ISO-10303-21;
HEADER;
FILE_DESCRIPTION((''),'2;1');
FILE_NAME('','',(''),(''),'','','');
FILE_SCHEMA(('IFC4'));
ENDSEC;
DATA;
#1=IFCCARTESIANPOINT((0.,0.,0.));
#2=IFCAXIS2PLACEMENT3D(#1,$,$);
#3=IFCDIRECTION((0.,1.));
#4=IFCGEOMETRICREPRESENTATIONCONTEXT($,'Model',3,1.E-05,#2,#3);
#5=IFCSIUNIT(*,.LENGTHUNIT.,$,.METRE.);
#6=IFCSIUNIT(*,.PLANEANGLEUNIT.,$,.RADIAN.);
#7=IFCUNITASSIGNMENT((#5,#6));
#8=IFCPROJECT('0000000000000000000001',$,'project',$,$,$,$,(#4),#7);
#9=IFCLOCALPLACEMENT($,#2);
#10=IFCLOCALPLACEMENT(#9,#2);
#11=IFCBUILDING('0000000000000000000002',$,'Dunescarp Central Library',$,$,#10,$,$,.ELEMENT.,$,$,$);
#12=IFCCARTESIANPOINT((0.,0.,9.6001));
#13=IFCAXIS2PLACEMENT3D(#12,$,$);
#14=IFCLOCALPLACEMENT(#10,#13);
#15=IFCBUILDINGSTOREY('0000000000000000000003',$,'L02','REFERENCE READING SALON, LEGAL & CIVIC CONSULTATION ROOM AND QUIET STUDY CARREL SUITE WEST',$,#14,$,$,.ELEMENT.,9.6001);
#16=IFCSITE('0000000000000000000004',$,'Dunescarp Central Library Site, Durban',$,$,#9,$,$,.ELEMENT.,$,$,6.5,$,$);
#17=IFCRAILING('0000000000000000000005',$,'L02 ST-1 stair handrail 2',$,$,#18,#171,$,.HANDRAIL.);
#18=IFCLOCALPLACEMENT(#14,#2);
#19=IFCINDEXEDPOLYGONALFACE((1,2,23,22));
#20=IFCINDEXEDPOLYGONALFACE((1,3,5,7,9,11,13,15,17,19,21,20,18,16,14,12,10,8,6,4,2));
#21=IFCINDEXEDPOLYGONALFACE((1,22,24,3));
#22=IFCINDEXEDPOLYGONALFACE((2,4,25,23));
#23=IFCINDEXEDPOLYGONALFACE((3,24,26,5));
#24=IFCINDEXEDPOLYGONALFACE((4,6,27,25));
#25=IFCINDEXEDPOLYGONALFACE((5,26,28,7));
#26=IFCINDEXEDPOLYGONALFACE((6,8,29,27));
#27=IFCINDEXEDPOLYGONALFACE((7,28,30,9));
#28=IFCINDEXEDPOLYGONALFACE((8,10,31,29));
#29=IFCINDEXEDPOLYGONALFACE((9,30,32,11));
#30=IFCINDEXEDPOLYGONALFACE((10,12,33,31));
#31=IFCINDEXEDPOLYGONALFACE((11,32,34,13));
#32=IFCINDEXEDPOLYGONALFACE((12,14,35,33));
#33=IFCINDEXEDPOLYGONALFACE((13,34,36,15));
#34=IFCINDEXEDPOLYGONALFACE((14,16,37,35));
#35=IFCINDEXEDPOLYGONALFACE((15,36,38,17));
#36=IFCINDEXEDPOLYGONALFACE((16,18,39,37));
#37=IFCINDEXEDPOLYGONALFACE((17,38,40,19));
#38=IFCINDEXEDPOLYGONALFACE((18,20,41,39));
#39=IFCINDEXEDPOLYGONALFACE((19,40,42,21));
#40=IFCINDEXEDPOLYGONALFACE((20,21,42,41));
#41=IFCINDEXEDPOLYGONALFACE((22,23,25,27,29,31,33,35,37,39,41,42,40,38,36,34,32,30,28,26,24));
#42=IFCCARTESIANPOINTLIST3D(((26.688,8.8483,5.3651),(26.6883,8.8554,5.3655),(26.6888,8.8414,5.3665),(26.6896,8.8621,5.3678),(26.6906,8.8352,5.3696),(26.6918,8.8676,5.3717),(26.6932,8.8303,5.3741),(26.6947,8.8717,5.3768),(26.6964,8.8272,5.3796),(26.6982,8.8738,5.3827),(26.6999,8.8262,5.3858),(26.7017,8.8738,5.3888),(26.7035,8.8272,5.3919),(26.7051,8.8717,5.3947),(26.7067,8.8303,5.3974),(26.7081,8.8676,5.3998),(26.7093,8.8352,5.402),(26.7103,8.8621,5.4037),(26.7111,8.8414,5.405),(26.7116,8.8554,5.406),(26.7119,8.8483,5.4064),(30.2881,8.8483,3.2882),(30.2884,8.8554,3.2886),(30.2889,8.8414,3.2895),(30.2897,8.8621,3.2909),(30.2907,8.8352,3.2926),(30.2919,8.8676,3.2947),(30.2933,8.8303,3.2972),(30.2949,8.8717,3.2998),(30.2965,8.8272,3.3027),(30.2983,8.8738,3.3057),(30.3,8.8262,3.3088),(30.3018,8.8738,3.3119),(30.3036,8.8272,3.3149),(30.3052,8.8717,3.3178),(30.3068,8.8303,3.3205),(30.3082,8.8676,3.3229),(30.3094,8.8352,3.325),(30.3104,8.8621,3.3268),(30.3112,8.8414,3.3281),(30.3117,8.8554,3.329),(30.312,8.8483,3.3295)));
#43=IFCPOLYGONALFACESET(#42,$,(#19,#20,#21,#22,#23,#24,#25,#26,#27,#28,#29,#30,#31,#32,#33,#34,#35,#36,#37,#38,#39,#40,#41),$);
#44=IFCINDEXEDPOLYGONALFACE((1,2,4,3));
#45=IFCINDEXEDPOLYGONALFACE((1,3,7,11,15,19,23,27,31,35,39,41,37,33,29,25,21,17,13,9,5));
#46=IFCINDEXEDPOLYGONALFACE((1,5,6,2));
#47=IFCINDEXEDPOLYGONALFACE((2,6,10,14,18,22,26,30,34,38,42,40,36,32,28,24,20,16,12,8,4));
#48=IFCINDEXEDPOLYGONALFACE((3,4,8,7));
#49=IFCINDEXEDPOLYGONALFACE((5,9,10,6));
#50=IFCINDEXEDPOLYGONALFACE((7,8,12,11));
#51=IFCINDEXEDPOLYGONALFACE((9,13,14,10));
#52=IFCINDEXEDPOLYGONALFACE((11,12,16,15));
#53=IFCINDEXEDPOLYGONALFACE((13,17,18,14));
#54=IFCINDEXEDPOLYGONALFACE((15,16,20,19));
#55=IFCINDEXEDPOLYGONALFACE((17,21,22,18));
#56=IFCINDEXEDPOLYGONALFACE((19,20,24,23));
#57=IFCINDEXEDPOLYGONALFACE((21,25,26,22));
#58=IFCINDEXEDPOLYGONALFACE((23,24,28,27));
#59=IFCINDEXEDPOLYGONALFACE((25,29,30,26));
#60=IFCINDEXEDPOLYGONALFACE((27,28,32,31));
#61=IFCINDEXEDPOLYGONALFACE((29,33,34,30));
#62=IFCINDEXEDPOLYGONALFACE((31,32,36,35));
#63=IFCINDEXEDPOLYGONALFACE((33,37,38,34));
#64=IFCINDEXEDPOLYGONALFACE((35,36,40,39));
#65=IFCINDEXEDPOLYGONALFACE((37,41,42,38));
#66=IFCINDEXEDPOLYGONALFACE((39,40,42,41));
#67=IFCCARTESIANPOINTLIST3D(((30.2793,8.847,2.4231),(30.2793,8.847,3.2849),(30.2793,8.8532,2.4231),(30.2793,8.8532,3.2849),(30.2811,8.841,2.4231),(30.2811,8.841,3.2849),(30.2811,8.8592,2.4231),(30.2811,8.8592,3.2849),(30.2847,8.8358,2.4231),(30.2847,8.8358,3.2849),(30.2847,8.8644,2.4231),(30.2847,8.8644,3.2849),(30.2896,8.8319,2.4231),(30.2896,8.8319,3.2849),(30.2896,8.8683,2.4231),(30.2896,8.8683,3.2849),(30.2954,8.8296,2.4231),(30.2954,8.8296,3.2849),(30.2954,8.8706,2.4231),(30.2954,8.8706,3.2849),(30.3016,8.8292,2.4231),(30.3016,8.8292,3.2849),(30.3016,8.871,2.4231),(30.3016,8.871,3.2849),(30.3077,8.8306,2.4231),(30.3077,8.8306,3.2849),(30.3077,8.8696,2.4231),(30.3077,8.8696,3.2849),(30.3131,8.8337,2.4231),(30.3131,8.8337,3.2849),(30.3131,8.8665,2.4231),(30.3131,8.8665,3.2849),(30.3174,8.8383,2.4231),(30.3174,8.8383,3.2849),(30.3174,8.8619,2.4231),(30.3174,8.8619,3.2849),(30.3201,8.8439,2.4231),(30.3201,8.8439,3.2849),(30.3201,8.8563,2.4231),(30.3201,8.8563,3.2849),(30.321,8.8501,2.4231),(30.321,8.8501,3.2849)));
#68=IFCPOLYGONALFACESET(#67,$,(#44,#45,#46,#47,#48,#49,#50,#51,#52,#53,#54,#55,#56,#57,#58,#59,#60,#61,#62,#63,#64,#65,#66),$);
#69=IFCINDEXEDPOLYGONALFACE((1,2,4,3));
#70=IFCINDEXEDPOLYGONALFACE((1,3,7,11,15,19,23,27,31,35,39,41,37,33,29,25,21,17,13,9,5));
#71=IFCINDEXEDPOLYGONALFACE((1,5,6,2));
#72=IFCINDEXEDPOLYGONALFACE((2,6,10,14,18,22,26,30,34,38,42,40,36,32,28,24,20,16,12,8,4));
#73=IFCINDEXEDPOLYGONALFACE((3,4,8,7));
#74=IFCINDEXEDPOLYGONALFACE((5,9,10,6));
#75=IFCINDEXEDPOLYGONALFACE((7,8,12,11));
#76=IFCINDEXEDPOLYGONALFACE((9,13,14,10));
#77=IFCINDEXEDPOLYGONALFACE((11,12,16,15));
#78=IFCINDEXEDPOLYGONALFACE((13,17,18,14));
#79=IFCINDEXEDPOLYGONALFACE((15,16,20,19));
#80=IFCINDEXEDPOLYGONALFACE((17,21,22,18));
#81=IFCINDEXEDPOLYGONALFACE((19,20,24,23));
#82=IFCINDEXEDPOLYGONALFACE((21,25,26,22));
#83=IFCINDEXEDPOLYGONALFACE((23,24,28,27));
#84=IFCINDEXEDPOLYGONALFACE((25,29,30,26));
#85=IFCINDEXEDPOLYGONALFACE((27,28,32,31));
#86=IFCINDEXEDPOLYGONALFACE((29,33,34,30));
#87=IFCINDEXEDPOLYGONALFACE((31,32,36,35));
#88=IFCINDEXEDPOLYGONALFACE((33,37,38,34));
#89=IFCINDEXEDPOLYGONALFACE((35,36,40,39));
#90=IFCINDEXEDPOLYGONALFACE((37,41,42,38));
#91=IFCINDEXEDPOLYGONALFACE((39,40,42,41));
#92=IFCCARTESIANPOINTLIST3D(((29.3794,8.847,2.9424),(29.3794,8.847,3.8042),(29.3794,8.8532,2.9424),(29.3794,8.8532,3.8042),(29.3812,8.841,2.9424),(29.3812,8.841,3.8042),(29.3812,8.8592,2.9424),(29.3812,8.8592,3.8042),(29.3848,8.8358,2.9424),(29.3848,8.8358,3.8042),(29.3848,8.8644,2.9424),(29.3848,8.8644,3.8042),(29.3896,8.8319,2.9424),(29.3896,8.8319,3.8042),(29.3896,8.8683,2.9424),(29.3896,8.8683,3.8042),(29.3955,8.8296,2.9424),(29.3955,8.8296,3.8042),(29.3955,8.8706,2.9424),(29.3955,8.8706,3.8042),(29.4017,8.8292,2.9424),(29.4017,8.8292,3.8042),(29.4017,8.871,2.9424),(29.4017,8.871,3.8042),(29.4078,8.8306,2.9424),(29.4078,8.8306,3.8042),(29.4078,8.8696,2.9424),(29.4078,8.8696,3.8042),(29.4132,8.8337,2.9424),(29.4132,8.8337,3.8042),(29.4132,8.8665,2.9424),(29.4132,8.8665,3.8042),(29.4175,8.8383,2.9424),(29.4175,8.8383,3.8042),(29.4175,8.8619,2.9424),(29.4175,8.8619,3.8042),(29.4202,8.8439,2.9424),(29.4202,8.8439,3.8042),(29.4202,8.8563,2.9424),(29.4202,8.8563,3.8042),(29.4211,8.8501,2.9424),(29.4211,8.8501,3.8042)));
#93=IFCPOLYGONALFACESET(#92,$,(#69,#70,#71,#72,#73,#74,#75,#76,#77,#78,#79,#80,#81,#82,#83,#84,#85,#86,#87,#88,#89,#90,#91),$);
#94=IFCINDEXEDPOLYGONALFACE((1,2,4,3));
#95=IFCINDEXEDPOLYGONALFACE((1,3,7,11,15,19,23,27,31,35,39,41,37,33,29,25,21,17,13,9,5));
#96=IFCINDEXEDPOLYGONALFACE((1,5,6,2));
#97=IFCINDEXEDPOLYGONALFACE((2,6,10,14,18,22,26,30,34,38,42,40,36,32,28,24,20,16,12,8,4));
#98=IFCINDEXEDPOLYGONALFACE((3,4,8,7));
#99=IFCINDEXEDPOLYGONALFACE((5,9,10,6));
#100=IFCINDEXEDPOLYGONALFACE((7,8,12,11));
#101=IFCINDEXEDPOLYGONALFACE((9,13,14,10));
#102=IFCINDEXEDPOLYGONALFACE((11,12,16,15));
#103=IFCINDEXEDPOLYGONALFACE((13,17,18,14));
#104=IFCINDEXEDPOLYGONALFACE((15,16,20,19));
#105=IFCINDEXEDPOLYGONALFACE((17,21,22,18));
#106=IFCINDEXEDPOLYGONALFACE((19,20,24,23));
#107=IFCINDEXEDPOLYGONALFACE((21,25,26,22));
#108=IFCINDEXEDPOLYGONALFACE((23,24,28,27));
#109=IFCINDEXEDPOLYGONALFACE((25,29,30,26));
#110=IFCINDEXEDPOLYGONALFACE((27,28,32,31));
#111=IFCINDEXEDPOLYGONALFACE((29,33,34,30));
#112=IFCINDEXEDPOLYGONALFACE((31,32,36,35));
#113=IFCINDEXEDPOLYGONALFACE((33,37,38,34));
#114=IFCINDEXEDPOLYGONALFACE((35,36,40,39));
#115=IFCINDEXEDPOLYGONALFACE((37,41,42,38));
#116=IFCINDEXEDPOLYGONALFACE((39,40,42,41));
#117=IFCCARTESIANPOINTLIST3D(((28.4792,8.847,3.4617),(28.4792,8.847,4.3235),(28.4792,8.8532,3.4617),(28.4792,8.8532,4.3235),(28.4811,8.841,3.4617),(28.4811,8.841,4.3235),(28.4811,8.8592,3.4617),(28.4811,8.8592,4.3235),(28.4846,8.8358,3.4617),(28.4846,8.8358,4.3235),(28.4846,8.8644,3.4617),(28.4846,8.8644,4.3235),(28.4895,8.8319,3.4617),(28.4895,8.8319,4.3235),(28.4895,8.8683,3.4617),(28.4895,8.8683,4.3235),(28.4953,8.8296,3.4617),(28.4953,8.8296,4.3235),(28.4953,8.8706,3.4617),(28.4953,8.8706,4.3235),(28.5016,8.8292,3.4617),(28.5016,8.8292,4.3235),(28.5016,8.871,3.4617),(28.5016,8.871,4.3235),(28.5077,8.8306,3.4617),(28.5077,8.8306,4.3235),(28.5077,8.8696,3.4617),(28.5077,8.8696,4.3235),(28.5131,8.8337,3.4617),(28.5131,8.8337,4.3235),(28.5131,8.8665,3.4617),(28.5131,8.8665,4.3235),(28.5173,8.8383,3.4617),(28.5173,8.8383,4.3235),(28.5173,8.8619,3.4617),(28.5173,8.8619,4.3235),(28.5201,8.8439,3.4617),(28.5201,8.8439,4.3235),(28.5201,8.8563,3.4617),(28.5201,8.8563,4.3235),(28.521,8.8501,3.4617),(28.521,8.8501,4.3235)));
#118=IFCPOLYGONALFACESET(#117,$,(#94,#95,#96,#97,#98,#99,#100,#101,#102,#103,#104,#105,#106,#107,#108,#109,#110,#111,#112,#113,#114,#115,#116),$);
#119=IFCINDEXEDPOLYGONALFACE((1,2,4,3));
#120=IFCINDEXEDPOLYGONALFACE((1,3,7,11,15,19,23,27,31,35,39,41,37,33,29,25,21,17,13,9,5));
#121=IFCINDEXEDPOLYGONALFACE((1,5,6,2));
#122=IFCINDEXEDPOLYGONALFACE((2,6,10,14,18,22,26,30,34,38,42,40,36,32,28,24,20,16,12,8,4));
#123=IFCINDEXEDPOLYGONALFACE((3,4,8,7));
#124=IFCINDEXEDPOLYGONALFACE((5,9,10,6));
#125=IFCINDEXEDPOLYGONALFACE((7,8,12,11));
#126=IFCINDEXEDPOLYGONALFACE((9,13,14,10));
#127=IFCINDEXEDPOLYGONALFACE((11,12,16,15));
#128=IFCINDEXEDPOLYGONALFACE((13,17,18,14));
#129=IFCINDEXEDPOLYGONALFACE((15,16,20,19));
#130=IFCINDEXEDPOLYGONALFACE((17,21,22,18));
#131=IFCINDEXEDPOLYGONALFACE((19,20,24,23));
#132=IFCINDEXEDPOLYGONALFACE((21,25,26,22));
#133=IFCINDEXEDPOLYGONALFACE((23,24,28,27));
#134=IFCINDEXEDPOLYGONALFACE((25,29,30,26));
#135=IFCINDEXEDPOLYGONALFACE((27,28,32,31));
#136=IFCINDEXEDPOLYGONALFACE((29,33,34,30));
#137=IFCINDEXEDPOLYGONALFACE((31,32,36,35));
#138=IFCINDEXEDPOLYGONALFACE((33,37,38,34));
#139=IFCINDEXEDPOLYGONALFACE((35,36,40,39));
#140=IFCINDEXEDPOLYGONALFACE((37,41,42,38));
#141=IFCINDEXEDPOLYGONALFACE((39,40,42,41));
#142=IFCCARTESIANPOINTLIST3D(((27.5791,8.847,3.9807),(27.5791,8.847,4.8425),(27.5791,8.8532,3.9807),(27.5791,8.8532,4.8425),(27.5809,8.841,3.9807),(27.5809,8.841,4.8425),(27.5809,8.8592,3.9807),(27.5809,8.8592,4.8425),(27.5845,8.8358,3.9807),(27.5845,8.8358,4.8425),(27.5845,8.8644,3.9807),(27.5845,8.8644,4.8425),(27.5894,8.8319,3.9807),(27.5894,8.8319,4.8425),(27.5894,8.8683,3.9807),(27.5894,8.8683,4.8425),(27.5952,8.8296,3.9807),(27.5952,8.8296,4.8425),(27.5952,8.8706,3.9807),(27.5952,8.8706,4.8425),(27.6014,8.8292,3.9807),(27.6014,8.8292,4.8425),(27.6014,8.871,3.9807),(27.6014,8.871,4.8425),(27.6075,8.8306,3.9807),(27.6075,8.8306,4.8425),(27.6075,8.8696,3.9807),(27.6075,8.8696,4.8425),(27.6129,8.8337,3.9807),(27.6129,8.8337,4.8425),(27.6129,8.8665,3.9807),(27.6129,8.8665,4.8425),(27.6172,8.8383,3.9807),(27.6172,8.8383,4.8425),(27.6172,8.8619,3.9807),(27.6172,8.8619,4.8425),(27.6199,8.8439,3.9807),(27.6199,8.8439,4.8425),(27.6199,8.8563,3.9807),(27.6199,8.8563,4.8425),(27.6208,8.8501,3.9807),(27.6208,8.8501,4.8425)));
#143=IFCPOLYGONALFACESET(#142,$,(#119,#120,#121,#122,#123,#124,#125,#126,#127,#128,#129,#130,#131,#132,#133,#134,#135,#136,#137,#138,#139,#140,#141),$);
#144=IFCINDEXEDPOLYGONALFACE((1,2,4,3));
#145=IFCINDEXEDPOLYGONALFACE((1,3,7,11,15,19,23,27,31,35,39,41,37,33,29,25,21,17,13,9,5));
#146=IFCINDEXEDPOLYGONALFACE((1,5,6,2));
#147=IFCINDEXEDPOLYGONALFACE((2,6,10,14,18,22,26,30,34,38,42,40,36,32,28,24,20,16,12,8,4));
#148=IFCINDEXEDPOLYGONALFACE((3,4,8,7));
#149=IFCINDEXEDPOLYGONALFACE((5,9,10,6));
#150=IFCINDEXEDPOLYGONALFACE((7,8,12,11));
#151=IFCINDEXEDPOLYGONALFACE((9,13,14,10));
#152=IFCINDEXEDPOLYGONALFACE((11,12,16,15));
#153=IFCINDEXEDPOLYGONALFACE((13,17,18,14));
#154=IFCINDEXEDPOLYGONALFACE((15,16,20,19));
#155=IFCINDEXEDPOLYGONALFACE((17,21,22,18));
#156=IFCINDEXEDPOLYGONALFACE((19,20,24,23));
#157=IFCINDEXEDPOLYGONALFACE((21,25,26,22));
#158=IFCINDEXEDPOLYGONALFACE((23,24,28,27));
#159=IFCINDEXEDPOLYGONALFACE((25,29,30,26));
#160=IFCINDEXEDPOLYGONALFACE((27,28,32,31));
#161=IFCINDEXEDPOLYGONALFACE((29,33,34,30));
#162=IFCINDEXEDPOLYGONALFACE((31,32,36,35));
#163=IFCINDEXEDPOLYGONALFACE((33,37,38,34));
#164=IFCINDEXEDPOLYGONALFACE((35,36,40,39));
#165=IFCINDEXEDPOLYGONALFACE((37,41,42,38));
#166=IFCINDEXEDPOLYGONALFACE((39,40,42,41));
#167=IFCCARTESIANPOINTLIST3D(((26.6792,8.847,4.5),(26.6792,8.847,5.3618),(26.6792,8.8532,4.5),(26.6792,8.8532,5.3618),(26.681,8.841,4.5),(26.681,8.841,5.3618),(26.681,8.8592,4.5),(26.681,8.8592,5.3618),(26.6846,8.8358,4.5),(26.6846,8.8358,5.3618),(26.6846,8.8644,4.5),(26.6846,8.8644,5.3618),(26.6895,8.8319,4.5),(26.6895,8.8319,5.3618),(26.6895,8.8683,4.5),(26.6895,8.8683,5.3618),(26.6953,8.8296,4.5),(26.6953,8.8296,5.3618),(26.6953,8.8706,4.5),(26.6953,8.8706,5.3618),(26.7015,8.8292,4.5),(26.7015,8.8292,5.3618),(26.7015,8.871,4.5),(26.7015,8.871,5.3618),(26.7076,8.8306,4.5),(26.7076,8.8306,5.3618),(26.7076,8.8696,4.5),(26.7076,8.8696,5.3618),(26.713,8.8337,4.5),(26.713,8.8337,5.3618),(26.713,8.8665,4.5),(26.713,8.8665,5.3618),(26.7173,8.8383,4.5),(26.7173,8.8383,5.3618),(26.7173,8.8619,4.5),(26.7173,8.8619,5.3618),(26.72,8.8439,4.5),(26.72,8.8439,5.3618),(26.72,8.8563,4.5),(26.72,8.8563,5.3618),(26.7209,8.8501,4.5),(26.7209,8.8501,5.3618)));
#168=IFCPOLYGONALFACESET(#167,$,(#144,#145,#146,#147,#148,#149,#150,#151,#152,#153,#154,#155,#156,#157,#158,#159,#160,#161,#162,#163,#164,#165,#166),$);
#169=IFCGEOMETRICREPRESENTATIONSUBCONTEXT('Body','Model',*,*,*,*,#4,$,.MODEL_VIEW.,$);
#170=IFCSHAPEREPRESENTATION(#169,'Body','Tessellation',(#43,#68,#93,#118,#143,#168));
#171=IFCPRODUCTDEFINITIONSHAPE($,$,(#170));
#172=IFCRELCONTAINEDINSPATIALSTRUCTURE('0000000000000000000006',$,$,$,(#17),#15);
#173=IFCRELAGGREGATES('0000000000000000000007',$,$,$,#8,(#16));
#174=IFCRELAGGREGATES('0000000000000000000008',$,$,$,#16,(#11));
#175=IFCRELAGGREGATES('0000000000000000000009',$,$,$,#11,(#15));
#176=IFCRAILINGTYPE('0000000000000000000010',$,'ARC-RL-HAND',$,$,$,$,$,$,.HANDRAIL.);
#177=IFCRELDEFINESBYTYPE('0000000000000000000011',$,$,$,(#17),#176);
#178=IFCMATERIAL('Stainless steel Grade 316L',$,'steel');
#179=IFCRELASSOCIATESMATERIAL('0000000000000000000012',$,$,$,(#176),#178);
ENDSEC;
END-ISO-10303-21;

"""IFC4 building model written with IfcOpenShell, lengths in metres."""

from ifc_helpers import new_model, si_unit, direction, frame, origin, origin_2d, place, context, subcontext, project, spatial, circle, extrude, material, type_object, element, save


model = new_model("IFC4")

# Units and contexts
model_context = context("Model", 3, precision=1e-05, world=origin(), true_north=direction((0.0, 1.0)))
body_context = subcontext(model_context, "Body", "Model", "MODEL_VIEW")
ifc_project = project(units=[si_unit("LENGTHUNIT", "METRE"), si_unit("PLANEANGLEUNIT", "RADIAN")], contexts=[model_context])

# Site, building, storey
site_placement = place(None, origin())
site = spatial("IfcSite", under=ifc_project, at=site_placement, Name="Dunescarp Central Library Site, Durban", CompositionType="ELEMENT", RefElevation=6.5)
building_placement = place(site_placement, origin())
building = spatial("IfcBuilding", under=site, at=building_placement, Name="Dunescarp Central Library", CompositionType="ELEMENT")
storey_placement = place(building_placement, frame((0.0, 0.0, 9.6001)))
storey = spatial("IfcBuildingStorey", under=building, at=storey_placement, Name="L02", Description="REFERENCE READING SALON, LEGAL & CIVIC CONSULTATION ROOM AND QUIET STUDY CARREL SUITE WEST", CompositionType="ELEMENT", Elevation=9.6001)

# Shared definitions
ifc_material_1 = material(Name="Stainless steel Grade 316L", Category="steel")

# Railing
railing_type_1 = type_object("IfcRailingType", Name="ARC-RL-HAND", PredefinedType="HANDRAIL", material=ifc_material_1)
railing_1_placement = place(storey_placement, frame((30.3, 8.8501, 2.4231)))
element("IfcRailing", 1, at=railing_1_placement, inside=storey, type_object=railing_type_1, Name="L02 ST-1 stair handrail 2", PredefinedType="HANDRAIL", context=body_context, shape_type="SweptSolid", body=[
    extrude(circle(Radius=0.0239, at=origin_2d()), frame((0.0, 0.0, 0.8857), z_axis=(-0.866193, 0.0, 0.499709), x_axis=(0.0, -1.0, 0.0)), (0.0, 0.0, 1.0), 4.1562),
    extrude(circle(Radius=0.021, at=origin_2d()), origin(), (0.0, 0.0, 1.0), 0.8618),
    extrude(circle(Radius=0.021, at=origin_2d()), frame((-0.8999, 0.0, 0.5193)), (0.0, 0.0, 1.0), 0.8618),
    extrude(circle(Radius=0.021, at=origin_2d()), frame((-1.8, 0.0, 1.0386)), (0.0, 0.0, 1.0), 0.8618),
    extrude(circle(Radius=0.021, at=origin_2d()), frame((-2.7002, 0.0, 1.5576)), (0.0, 0.0, 1.0), 0.8618),
    extrude(circle(Radius=0.021, at=origin_2d()), frame((-3.6001, 0.0, 2.0769)), (0.0, 0.0, 1.0), 0.8618),
])

save(model, "model.ifc")
